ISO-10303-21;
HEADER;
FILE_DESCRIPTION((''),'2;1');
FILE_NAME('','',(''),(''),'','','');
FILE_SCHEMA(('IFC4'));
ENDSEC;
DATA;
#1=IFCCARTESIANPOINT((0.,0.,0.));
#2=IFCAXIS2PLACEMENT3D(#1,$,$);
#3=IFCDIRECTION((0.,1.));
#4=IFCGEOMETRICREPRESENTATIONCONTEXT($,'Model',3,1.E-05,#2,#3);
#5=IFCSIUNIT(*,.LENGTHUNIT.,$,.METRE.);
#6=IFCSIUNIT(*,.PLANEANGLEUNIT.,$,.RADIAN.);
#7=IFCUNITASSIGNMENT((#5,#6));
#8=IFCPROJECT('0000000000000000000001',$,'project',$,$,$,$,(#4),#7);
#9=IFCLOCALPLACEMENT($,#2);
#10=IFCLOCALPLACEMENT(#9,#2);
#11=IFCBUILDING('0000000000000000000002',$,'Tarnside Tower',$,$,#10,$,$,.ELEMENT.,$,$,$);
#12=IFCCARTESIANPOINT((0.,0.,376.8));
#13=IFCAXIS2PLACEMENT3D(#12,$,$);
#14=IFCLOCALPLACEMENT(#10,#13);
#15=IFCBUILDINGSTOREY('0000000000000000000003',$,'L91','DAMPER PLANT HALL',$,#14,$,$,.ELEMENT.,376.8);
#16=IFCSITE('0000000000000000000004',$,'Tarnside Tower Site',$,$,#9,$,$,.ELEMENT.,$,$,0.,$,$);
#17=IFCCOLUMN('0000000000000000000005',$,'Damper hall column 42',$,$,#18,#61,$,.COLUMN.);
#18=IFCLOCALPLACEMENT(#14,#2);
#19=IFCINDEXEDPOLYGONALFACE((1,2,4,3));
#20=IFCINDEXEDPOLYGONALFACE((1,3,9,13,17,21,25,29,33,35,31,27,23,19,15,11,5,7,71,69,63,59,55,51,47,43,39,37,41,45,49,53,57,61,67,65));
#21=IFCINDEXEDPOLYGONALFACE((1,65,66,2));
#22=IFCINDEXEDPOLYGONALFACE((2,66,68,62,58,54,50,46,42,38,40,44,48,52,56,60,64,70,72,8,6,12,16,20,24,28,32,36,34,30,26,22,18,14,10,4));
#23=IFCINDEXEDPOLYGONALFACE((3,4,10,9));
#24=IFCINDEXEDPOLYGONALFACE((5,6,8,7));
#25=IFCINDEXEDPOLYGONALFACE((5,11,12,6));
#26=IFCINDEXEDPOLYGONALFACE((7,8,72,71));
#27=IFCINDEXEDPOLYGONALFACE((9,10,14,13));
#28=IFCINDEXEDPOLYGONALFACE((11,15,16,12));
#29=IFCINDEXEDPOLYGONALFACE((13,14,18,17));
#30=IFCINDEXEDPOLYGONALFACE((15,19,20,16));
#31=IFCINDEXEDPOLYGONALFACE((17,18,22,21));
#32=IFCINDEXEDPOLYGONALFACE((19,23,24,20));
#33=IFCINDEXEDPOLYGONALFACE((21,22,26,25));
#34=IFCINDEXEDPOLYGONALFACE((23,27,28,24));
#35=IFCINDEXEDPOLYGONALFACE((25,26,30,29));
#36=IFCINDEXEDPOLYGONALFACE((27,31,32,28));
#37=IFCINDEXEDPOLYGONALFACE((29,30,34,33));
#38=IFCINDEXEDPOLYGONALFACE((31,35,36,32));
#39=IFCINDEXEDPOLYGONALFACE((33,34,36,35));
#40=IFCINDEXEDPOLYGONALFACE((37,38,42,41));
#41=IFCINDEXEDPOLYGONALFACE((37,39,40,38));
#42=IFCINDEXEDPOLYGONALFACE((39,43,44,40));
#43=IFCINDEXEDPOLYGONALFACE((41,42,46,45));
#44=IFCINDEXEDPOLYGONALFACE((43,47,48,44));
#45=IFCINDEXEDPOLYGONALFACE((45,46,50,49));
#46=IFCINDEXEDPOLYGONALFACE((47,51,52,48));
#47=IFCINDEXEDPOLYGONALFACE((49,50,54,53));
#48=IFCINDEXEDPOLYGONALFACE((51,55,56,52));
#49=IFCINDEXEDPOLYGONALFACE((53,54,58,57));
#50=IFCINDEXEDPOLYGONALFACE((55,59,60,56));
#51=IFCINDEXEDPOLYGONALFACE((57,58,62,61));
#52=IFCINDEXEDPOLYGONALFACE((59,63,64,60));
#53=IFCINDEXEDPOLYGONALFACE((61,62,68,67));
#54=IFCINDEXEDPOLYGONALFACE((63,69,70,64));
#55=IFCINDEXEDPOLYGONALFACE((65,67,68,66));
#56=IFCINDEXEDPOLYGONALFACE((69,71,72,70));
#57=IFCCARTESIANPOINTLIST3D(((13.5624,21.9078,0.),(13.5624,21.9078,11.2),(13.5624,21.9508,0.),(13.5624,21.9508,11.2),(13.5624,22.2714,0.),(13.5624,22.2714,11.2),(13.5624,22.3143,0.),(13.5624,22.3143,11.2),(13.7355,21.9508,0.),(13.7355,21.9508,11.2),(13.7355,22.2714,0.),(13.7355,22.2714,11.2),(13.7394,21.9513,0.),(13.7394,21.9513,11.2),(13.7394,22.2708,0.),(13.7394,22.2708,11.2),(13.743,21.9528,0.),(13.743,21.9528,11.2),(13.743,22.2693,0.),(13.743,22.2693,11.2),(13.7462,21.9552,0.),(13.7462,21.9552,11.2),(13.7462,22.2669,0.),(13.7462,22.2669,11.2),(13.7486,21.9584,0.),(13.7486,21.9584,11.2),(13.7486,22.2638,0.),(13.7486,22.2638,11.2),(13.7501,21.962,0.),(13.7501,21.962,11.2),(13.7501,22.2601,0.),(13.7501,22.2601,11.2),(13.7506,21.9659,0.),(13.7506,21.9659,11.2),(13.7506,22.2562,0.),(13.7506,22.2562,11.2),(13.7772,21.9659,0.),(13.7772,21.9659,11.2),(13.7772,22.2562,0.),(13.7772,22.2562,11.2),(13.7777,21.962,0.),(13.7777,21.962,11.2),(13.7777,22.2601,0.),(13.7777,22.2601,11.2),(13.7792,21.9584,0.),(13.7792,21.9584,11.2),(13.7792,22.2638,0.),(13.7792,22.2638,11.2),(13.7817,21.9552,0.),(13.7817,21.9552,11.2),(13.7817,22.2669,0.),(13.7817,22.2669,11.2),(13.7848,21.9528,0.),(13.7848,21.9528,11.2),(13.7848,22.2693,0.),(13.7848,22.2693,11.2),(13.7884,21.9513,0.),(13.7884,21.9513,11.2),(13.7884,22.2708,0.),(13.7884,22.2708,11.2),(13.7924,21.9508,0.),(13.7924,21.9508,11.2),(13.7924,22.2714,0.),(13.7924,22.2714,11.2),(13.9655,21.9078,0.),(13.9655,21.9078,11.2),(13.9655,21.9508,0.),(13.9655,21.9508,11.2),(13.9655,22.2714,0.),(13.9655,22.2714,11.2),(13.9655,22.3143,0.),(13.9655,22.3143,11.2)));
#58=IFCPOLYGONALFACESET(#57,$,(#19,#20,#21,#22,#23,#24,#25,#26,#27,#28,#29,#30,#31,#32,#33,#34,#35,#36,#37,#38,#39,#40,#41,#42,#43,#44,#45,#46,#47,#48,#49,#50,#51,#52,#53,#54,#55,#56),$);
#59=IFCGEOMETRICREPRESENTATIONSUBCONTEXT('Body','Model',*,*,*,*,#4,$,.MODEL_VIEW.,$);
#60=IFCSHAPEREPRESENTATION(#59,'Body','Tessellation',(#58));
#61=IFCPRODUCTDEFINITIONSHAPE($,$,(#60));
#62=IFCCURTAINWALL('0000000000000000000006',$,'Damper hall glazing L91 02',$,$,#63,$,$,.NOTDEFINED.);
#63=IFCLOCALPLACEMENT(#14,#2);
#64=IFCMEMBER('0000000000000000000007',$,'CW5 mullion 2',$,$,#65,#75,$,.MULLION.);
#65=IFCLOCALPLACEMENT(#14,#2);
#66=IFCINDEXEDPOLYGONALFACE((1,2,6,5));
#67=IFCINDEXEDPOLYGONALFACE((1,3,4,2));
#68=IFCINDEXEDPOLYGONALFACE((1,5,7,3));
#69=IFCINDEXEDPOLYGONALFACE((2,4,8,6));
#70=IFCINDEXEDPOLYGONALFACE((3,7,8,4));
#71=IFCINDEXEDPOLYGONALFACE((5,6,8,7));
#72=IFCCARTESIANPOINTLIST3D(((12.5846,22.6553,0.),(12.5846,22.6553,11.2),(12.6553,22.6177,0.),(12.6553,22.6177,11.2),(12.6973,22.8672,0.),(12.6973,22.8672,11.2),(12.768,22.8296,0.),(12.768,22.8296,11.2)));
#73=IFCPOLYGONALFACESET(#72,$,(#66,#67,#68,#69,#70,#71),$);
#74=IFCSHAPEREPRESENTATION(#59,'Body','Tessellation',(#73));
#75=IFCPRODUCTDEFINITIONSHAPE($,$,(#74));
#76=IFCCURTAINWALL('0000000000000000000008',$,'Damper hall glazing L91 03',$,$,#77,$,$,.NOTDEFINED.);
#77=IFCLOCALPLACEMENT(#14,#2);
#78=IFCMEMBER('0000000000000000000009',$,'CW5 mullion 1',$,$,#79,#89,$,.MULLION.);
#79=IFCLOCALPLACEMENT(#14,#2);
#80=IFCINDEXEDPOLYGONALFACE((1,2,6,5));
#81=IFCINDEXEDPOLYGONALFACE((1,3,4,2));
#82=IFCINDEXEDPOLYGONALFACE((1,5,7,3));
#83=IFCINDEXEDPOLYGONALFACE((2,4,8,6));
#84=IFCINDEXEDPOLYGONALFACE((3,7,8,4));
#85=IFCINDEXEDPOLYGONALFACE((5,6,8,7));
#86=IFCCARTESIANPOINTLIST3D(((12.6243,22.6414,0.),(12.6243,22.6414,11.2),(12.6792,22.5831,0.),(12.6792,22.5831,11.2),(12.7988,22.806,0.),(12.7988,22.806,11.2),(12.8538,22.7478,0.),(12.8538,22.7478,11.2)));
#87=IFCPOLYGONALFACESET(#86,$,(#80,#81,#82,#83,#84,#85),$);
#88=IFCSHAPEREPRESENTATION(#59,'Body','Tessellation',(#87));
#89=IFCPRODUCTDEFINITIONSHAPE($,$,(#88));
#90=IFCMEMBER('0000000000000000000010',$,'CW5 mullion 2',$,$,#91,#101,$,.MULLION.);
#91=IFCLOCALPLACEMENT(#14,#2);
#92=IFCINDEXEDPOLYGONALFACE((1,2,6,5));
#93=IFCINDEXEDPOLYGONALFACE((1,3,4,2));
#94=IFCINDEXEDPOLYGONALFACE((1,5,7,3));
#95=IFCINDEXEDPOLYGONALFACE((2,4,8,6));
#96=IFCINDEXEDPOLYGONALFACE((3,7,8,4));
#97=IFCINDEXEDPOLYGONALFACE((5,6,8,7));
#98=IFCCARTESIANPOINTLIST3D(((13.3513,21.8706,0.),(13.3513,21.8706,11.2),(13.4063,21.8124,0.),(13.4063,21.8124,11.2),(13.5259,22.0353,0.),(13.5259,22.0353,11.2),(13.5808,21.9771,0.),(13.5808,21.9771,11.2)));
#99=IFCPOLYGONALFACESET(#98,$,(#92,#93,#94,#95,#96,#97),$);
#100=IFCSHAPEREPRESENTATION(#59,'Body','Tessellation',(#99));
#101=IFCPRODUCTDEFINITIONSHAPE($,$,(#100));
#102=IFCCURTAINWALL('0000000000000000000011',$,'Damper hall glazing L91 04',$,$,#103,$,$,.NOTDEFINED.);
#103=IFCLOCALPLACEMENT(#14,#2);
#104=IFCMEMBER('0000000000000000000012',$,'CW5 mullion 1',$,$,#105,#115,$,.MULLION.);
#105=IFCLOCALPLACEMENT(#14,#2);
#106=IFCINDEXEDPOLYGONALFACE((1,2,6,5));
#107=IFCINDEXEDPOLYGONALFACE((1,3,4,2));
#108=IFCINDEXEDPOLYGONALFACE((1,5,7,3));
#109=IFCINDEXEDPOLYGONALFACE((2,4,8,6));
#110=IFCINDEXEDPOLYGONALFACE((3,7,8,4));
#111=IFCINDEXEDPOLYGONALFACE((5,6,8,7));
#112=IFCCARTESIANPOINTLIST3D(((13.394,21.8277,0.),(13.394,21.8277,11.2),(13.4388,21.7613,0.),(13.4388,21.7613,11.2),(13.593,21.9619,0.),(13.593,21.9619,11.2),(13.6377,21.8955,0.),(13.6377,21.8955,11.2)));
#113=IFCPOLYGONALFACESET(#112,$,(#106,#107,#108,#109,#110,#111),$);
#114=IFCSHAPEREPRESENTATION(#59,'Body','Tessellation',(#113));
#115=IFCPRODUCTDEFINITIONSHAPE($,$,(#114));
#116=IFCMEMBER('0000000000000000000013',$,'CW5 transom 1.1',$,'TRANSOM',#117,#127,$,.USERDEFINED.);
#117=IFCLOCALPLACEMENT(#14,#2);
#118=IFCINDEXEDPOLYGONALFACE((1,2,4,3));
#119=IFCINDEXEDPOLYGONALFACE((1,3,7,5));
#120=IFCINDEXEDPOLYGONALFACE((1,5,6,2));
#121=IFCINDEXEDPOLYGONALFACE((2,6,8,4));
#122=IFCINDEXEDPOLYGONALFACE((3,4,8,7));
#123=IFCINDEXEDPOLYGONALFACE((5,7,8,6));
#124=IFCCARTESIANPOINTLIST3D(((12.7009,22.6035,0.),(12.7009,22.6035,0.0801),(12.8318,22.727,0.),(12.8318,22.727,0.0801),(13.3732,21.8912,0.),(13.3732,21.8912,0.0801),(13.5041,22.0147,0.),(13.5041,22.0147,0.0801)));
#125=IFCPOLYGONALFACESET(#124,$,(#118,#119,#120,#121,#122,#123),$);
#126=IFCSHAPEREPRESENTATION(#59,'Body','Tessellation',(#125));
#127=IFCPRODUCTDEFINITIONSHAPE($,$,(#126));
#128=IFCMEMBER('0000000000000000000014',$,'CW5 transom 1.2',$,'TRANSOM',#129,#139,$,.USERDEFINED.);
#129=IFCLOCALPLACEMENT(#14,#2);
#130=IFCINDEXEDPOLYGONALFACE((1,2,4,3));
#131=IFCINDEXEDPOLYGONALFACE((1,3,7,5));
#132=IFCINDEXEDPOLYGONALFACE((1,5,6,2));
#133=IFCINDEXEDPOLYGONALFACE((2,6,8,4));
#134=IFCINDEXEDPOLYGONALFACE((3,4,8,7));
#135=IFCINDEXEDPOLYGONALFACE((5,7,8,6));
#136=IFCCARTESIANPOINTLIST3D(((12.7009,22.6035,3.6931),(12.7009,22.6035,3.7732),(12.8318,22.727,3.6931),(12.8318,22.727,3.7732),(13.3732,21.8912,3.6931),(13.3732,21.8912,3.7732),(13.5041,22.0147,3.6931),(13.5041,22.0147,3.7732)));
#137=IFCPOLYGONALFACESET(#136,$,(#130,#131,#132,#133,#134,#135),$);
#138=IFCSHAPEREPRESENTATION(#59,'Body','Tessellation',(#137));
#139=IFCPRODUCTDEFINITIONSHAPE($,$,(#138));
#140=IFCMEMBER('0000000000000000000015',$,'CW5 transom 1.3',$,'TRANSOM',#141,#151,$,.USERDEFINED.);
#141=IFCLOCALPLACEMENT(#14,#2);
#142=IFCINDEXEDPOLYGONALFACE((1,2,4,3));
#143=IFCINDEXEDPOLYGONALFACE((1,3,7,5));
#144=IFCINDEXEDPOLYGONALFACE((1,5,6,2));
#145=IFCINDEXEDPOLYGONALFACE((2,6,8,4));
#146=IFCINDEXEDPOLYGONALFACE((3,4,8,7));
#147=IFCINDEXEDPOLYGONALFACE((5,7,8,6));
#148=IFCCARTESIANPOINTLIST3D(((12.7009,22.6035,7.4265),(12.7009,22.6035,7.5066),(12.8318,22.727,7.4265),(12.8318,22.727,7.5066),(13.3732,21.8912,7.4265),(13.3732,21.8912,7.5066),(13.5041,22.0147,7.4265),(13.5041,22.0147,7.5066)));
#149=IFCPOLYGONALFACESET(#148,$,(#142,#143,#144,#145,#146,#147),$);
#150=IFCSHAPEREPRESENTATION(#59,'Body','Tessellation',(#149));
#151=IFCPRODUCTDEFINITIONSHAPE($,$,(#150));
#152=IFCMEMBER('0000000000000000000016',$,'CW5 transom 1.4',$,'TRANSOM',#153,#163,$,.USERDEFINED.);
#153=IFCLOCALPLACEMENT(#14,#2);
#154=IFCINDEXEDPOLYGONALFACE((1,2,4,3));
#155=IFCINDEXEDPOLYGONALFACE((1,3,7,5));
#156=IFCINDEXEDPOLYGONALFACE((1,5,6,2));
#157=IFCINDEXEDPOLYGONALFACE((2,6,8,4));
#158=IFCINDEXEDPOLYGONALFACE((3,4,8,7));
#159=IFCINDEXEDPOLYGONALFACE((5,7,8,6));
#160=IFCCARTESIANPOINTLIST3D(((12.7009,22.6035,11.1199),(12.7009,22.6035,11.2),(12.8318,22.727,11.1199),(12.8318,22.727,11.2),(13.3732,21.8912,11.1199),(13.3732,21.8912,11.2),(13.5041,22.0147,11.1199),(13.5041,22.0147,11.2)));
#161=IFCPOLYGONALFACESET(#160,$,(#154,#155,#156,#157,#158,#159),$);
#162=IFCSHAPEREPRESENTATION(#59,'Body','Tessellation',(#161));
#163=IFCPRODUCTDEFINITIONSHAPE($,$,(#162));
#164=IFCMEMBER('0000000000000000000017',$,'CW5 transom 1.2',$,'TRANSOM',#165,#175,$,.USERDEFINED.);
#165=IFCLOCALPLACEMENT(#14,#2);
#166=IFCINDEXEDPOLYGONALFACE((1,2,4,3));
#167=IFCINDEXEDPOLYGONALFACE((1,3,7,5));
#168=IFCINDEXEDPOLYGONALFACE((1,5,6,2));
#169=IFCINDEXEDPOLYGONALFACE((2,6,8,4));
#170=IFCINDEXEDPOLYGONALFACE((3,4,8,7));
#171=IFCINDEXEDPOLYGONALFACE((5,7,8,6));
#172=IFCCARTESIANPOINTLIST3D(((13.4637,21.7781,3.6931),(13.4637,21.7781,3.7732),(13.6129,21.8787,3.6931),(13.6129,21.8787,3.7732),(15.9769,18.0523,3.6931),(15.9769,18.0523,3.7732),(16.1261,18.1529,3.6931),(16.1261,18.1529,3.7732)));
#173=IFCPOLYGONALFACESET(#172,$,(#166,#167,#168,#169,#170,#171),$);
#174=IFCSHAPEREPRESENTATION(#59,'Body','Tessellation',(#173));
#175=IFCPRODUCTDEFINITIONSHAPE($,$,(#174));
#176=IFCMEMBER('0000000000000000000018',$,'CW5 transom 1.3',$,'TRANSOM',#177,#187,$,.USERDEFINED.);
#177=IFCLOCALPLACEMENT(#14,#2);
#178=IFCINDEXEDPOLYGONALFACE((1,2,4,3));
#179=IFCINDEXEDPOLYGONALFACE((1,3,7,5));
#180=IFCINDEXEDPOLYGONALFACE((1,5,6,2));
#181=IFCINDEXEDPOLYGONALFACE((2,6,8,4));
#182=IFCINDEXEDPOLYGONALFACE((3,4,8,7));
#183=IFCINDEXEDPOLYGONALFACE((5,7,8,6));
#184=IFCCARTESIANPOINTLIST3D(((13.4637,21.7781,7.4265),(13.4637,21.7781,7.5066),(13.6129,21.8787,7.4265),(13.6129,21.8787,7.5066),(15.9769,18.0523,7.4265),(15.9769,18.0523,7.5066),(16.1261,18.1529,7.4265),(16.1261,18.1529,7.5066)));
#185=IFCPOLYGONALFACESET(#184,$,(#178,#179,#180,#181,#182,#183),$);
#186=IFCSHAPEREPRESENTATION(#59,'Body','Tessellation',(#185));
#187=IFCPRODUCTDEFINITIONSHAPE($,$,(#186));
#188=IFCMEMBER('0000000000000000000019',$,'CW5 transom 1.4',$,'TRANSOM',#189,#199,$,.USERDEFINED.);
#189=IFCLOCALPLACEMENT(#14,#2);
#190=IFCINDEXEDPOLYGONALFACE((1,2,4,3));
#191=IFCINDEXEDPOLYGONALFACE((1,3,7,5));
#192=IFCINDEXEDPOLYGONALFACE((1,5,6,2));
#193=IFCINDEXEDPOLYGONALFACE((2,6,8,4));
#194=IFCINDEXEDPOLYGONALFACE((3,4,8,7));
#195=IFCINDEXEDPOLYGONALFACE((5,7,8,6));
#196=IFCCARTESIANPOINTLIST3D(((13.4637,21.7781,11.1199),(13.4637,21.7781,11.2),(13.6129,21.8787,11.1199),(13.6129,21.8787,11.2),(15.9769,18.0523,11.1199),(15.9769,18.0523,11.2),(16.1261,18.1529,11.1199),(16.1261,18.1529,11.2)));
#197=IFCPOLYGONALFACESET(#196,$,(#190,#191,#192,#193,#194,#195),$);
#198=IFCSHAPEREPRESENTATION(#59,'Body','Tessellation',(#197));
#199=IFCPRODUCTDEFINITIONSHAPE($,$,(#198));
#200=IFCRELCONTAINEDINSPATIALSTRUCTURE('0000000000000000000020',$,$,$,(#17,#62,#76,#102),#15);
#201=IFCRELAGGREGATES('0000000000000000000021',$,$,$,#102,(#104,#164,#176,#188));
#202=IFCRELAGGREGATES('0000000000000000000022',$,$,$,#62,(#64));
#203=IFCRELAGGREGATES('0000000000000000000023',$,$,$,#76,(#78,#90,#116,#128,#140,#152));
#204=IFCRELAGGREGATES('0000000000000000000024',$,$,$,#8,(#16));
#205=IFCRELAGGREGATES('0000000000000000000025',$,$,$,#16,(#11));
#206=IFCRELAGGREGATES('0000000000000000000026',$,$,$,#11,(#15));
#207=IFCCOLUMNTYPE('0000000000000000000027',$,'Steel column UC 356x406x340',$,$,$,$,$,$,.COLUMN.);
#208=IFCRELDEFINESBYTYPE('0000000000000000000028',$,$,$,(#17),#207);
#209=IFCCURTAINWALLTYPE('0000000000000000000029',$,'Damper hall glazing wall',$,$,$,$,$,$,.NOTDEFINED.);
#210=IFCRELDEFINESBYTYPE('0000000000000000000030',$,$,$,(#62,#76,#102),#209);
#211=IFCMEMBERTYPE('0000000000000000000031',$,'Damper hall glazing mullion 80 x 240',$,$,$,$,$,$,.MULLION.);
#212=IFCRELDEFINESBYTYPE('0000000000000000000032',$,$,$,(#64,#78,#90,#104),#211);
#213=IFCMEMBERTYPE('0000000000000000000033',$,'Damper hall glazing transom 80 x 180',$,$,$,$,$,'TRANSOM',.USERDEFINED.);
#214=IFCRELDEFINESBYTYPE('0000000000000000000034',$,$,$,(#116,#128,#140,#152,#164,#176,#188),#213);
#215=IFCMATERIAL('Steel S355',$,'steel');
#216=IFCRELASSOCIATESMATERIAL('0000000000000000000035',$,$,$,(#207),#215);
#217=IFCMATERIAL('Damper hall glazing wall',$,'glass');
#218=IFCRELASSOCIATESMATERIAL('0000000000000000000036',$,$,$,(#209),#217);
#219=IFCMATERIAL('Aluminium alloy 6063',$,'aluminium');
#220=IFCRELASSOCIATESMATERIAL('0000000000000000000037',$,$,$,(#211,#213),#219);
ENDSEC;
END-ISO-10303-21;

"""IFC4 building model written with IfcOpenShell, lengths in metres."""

from ifc_helpers import new_model, si_unit, direction, frame, origin, origin_2d, place, context, subcontext, project, spatial, rectangle, i_section, extrude, material, material_profile, profile_set, type_object, element, aggregate, save


model = new_model("IFC4")

# Units and contexts
model_context = context("Model", 3, precision=1e-05, world=origin(), true_north=direction((0.0, 1.0)))
body_context = subcontext(model_context, "Body", "Model", "MODEL_VIEW")
ifc_project = project(units=[si_unit("LENGTHUNIT", "METRE"), si_unit("PLANEANGLEUNIT", "RADIAN")], contexts=[model_context])

# Site, building, storey
site_placement = place(None, origin())
site = spatial("IfcSite", under=ifc_project, at=site_placement, Name="Tarnside Tower Site", CompositionType="ELEMENT", RefElevation=0.0)
building_placement = place(site_placement, origin())
building = spatial("IfcBuilding", under=site, at=building_placement, Name="Tarnside Tower", CompositionType="ELEMENT")
storey_placement = place(building_placement, frame((0.0, 0.0, 376.8)))
storey = spatial("IfcBuildingStorey", under=building, at=storey_placement, Name="L91", Description="DAMPER PLANT HALL", CompositionType="ELEMENT", Elevation=376.8)

# Column
ifc_material_1 = material(Name="Steel S355", Category="steel")
ifc_material_profile_1 = material_profile(ifc_material_1, i_section(OverallWidth=0.4031, OverallDepth=0.4065, WebThickness=0.0266, FlangeThickness=0.043, FilletRadius=0.0151, at=origin_2d()), Name="UC 356x406x340")
ifc_profile_set_1 = profile_set([ifc_material_profile_1], Name="Steel S355")
column_type = type_object("IfcColumnType", Name="Steel column UC 356x406x340", PredefinedType="COLUMN", material=ifc_profile_set_1)
column_placement = place(storey_placement, frame((13.7639, 22.1111, 0.0), z_axis=(0.0, 0.0, 1.0), x_axis=(1.0, 0.0, 0.0)))
element("IfcColumn", 1, at=column_placement, inside=storey, type_object=column_type, Name="Damper hall column 42", PredefinedType="COLUMN", context=body_context, shape_type="SweptSolid", body=[
    extrude(i_section(OverallWidth=0.4031, OverallDepth=0.4065, WebThickness=0.0266, FlangeThickness=0.043, FilletRadius=0.0151, at=origin_2d()), origin(), (0.0, 0.0, 1.0), 11.2),
])

# Curtain wall, member
ifc_material_2 = material(Name="Damper hall glazing wall", Category="glass")
curtain_wall_type = type_object("IfcCurtainWallType", Name="Damper hall glazing wall", PredefinedType="NOTDEFINED", material=ifc_material_2)
curtain_wall_1_placement = place(storey_placement, origin())
curtain_wall_1 = element("IfcCurtainWall", 2, at=curtain_wall_1_placement, inside=storey, type_object=curtain_wall_type, Name="Damper hall glazing L91 02", PredefinedType="NOTDEFINED")
ifc_material_3 = material(Name="Aluminium alloy 6063", Category="aluminium")
ifc_material_profile_2 = material_profile(ifc_material_3, rectangle(XDim=0.24, YDim=0.0801, at=origin_2d()), Name="Damper hall glazing mullion 80 x 240")
ifc_profile_set_2 = profile_set([ifc_material_profile_2], Name="Aluminium alloy 6063")
member_type_1 = type_object("IfcMemberType", Name="Damper hall glazing mullion 80 x 240", PredefinedType="MULLION", material=ifc_profile_set_2)
member_1_placement = place(storey_placement, frame((12.6763, 22.7424, 0.0), z_axis=(0.0, 0.0, 1.0), x_axis=(0.469472, 0.882948, 0.0)))
member_1 = element("IfcMember", 3, at=member_1_placement, type_object=member_type_1, Name="CW5 mullion 2", PredefinedType="MULLION", context=body_context, shape_type="SweptSolid", body=[
    extrude(rectangle(XDim=0.24, YDim=0.0801, at=origin_2d()), origin(), (0.0, 0.0, 1.0), 11.2),
])

# Curtain wall, members
curtain_wall_2_placement = place(storey_placement, origin())
curtain_wall_2 = element("IfcCurtainWall", 4, at=curtain_wall_2_placement, inside=storey, type_object=curtain_wall_type, Name="Damper hall glazing L91 03", PredefinedType="NOTDEFINED")
member_2_placement = place(storey_placement, frame((12.739, 22.6946, 0.0), z_axis=(0.0, 0.0, 1.0), x_axis=(0.727374, 0.686242, 0.0)))
member_2 = element("IfcMember", 5, at=member_2_placement, type_object=member_type_1, Name="CW5 mullion 1", PredefinedType="MULLION", context=body_context, shape_type="SweptSolid", body=[
    extrude(rectangle(XDim=0.24, YDim=0.0801, at=origin_2d()), origin(), (0.0, 0.0, 1.0), 11.2),
])
member_3_placement = place(storey_placement, frame((13.4661, 21.9238, 0.0), z_axis=(0.0, 0.0, 1.0), x_axis=(0.727374, 0.686242, 0.0)))
member_3 = element("IfcMember", 6, at=member_3_placement, type_object=member_type_1, Name="CW5 mullion 2", PredefinedType="MULLION", context=body_context, shape_type="SweptSolid", body=[
    extrude(rectangle(XDim=0.24, YDim=0.0801, at=origin_2d()), origin(), (0.0, 0.0, 1.0), 11.2),
])

# Curtain wall, member
curtain_wall_3_placement = place(storey_placement, origin())
curtain_wall_3 = element("IfcCurtainWall", 7, at=curtain_wall_3_placement, inside=storey, type_object=curtain_wall_type, Name="Damper hall glazing L91 04", PredefinedType="NOTDEFINED")
member_4_placement = place(storey_placement, frame((13.5159, 21.8616, 0.0), z_axis=(0.0, 0.0, 1.0), x_axis=(0.829038, 0.559193, 0.0)))
member_4 = element("IfcMember", 8, at=member_4_placement, type_object=member_type_1, Name="CW5 mullion 1", PredefinedType="MULLION", context=body_context, shape_type="SweptSolid", body=[
    extrude(rectangle(XDim=0.24, YDim=0.0801, at=origin_2d()), origin(), (0.0, 0.0, 1.0), 11.2),
])

# Members
ifc_material_profile_3 = material_profile(ifc_material_3, rectangle(XDim=0.1799, YDim=0.0801, at=origin_2d()), Name="Damper hall glazing transom 80 x 180")
ifc_profile_set_3 = profile_set([ifc_material_profile_3], Name="Aluminium alloy 6063")
member_type_2 = type_object("IfcMemberType", Name="Damper hall glazing transom 80 x 180", ElementType="TRANSOM", PredefinedType="USERDEFINED", material=ifc_profile_set_3)
member_5_placement = place(storey_placement, frame((12.7664, 22.6653, 0.04), z_axis=(0.686375, -0.727248, 0.0), x_axis=(0.727248, 0.686375, 0.0)))
member_5 = element("IfcMember", 9, at=member_5_placement, type_object=member_type_2, Name="CW5 transom 1.1", ObjectType="TRANSOM", PredefinedType="USERDEFINED", context=body_context, shape_type="SweptSolid", body=[
    extrude(rectangle(XDim=0.1799, YDim=0.0801, at=origin_2d()), origin(), (0.0, 0.0, 1.0), 0.9795),
])
member_6_placement = place(storey_placement, frame((12.7664, 22.6653, 3.7332), z_axis=(0.686375, -0.727248, 0.0), x_axis=(0.727248, 0.686375, 0.0)))
member_6 = element("IfcMember", 10, at=member_6_placement, type_object=member_type_2, Name="CW5 transom 1.2", ObjectType="TRANSOM", PredefinedType="USERDEFINED", context=body_context, shape_type="SweptSolid", body=[
    extrude(rectangle(XDim=0.1799, YDim=0.0801, at=origin_2d()), origin(), (0.0, 0.0, 1.0), 0.9795),
])
member_7_placement = place(storey_placement, frame((12.7664, 22.6653, 7.4666), z_axis=(0.686375, -0.727248, 0.0), x_axis=(0.727248, 0.686375, 0.0)))
member_7 = element("IfcMember", 11, at=member_7_placement, type_object=member_type_2, Name="CW5 transom 1.3", ObjectType="TRANSOM", PredefinedType="USERDEFINED", context=body_context, shape_type="SweptSolid", body=[
    extrude(rectangle(XDim=0.1799, YDim=0.0801, at=origin_2d()), origin(), (0.0, 0.0, 1.0), 0.9795),
])
member_8_placement = place(storey_placement, frame((12.7664, 22.6653, 11.1599), z_axis=(0.686375, -0.727248, 0.0), x_axis=(0.727248, 0.686375, 0.0)))
member_8 = element("IfcMember", 12, at=member_8_placement, type_object=member_type_2, Name="CW5 transom 1.4", ObjectType="TRANSOM", PredefinedType="USERDEFINED", context=body_context, shape_type="SweptSolid", body=[
    extrude(rectangle(XDim=0.1799, YDim=0.0801, at=origin_2d()), origin(), (0.0, 0.0, 1.0), 0.9795),
])
member_9_placement = place(storey_placement, frame((13.5383, 21.8284, 3.7332), z_axis=(0.559205, -0.829029, 0.0), x_axis=(0.829029, 0.559205, 0.0)))
member_9 = element("IfcMember", 13, at=member_9_placement, type_object=member_type_2, Name="CW5 transom 1.2", ObjectType="TRANSOM", PredefinedType="USERDEFINED", context=body_context, shape_type="SweptSolid", body=[
    extrude(rectangle(XDim=0.1799, YDim=0.0801, at=origin_2d()), origin(), (0.0, 0.0, 1.0), 4.4941),
])
member_10_placement = place(storey_placement, frame((13.5383, 21.8284, 7.4666), z_axis=(0.559205, -0.829029, 0.0), x_axis=(0.829029, 0.559205, 0.0)))
member_10 = element("IfcMember", 14, at=member_10_placement, type_object=member_type_2, Name="CW5 transom 1.3", ObjectType="TRANSOM", PredefinedType="USERDEFINED", context=body_context, shape_type="SweptSolid", body=[
    extrude(rectangle(XDim=0.1799, YDim=0.0801, at=origin_2d()), origin(), (0.0, 0.0, 1.0), 4.4941),
])
member_11_placement = place(storey_placement, frame((13.5383, 21.8284, 11.1599), z_axis=(0.559205, -0.829029, 0.0), x_axis=(0.829029, 0.559205, 0.0)))
member_11 = element("IfcMember", 15, at=member_11_placement, type_object=member_type_2, Name="CW5 transom 1.4", ObjectType="TRANSOM", PredefinedType="USERDEFINED", context=body_context, shape_type="SweptSolid", body=[
    extrude(rectangle(XDim=0.1799, YDim=0.0801, at=origin_2d()), origin(), (0.0, 0.0, 1.0), 4.4941),
])
aggregate(curtain_wall_3, [member_4, member_9, member_10, member_11])

aggregate(curtain_wall_1, [member_1])
aggregate(curtain_wall_2, [member_2, member_3, member_5, member_6, member_7, member_8])

save(model, "model.ifc")
